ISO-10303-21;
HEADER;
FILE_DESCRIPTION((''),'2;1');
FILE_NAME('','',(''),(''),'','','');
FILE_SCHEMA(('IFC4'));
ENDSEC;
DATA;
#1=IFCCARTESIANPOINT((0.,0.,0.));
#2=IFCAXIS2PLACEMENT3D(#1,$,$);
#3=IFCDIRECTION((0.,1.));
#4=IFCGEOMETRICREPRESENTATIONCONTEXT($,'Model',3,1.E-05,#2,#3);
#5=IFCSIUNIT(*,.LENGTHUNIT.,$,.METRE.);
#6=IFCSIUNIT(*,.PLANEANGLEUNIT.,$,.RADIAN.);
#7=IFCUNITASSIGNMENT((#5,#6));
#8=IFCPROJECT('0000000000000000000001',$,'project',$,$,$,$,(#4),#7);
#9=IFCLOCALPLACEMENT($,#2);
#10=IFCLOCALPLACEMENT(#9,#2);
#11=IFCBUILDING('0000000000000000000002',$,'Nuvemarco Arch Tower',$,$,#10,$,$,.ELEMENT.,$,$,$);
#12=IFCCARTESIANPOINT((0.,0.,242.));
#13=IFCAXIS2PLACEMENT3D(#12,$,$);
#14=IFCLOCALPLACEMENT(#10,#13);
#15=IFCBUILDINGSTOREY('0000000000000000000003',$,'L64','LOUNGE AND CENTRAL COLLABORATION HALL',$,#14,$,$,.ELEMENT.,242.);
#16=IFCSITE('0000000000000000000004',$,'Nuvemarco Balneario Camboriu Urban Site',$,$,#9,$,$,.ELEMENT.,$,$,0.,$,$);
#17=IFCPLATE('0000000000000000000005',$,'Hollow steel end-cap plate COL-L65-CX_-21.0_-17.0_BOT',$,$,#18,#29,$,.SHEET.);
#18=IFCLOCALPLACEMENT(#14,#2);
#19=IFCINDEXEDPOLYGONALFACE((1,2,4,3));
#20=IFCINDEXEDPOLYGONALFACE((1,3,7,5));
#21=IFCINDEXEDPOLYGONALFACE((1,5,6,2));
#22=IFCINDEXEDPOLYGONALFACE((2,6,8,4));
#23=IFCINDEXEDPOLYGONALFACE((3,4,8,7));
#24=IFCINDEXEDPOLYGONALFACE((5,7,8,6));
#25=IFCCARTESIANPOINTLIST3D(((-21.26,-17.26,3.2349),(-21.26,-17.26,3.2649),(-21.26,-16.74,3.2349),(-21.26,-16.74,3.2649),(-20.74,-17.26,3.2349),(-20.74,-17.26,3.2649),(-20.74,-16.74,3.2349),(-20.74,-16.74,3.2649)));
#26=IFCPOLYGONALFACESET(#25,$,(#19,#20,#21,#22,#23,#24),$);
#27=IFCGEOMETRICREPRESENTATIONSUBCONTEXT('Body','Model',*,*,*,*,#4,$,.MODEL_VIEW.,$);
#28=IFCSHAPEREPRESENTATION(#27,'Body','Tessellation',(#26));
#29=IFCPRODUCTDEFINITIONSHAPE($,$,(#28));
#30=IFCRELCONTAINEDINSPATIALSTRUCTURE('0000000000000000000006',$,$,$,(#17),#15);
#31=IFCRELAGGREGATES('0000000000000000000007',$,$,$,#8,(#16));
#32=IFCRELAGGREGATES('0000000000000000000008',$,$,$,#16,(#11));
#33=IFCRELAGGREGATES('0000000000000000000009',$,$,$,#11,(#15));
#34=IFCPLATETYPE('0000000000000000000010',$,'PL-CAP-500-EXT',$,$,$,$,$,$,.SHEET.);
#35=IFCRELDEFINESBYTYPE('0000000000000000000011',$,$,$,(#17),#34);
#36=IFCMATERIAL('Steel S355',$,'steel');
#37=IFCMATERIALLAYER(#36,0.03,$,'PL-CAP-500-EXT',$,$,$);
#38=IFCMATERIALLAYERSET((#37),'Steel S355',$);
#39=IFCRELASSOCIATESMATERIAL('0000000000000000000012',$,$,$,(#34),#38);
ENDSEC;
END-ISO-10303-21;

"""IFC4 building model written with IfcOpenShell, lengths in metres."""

from ifc_helpers import new_model, si_unit, direction, frame, origin, origin_2d, place, context, subcontext, project, spatial, rectangle, extrude, source, transform, mapped, material, layer, layer_set, type_object, type_shapes, element, save


model = new_model("IFC4")

# Units and contexts
model_context = context("Model", 3, precision=1e-05, world=origin(), true_north=direction((0.0, 1.0)))
body_context = subcontext(model_context, "Body", "Model", "MODEL_VIEW")
ifc_project = project(units=[si_unit("LENGTHUNIT", "METRE"), si_unit("PLANEANGLEUNIT", "RADIAN")], contexts=[model_context])

# Site, building, storey
site_placement = place(None, origin())
site = spatial("IfcSite", under=ifc_project, at=site_placement, Name="Nuvemarco Balneario Camboriu Urban Site", CompositionType="ELEMENT", RefElevation=0.0)
building_placement = place(site_placement, origin())
building = spatial("IfcBuilding", under=site, at=building_placement, Name="Nuvemarco Arch Tower", CompositionType="ELEMENT")
storey_placement = place(building_placement, frame((0.0, 0.0, 242.0)))
storey = spatial("IfcBuildingStorey", under=building, at=storey_placement, Name="L64", Description="LOUNGE AND CENTRAL COLLABORATION HALL", CompositionType="ELEMENT", Elevation=242.0)

# Plate
ifc_material_1 = material(Name="Steel S355", Category="steel")
ifc_layer_1 = layer(ifc_material_1, 0.03, Name="PL-CAP-500-EXT")
ifc_layer_set_1 = layer_set([ifc_layer_1], Name="Steel S355")
plate_type = type_object("IfcPlateType", Name="PL-CAP-500-EXT", PredefinedType="SHEET", material=ifc_layer_set_1)
shared_shape_1 = source(origin(), body_context, "Body", "SweptSolid", [
    extrude(rectangle(XDim=0.52, YDim=0.52, at=origin_2d()), origin(), (0.0, 0.0, 1.0), 0.03),
])
type_shapes(plate_type, [shared_shape_1])
plate_placement = place(storey_placement, frame((-21.0, -17.0, 3.2349), z_axis=(0.0, 0.0, 1.0), x_axis=(1.0, 0.0, 0.0)))
element("IfcPlate", 1, at=plate_placement, inside=storey, type_object=plate_type, Name="Hollow steel end-cap plate COL-L65-CX_-21.0_-17.0_BOT", PredefinedType="SHEET", context=body_context, shape_type="MappedRepresentation", body=[
    mapped(shared_shape_1, transform((0.0, 0.0, 0.0), scale=1.0)),
])

save(model, "model.ifc")
